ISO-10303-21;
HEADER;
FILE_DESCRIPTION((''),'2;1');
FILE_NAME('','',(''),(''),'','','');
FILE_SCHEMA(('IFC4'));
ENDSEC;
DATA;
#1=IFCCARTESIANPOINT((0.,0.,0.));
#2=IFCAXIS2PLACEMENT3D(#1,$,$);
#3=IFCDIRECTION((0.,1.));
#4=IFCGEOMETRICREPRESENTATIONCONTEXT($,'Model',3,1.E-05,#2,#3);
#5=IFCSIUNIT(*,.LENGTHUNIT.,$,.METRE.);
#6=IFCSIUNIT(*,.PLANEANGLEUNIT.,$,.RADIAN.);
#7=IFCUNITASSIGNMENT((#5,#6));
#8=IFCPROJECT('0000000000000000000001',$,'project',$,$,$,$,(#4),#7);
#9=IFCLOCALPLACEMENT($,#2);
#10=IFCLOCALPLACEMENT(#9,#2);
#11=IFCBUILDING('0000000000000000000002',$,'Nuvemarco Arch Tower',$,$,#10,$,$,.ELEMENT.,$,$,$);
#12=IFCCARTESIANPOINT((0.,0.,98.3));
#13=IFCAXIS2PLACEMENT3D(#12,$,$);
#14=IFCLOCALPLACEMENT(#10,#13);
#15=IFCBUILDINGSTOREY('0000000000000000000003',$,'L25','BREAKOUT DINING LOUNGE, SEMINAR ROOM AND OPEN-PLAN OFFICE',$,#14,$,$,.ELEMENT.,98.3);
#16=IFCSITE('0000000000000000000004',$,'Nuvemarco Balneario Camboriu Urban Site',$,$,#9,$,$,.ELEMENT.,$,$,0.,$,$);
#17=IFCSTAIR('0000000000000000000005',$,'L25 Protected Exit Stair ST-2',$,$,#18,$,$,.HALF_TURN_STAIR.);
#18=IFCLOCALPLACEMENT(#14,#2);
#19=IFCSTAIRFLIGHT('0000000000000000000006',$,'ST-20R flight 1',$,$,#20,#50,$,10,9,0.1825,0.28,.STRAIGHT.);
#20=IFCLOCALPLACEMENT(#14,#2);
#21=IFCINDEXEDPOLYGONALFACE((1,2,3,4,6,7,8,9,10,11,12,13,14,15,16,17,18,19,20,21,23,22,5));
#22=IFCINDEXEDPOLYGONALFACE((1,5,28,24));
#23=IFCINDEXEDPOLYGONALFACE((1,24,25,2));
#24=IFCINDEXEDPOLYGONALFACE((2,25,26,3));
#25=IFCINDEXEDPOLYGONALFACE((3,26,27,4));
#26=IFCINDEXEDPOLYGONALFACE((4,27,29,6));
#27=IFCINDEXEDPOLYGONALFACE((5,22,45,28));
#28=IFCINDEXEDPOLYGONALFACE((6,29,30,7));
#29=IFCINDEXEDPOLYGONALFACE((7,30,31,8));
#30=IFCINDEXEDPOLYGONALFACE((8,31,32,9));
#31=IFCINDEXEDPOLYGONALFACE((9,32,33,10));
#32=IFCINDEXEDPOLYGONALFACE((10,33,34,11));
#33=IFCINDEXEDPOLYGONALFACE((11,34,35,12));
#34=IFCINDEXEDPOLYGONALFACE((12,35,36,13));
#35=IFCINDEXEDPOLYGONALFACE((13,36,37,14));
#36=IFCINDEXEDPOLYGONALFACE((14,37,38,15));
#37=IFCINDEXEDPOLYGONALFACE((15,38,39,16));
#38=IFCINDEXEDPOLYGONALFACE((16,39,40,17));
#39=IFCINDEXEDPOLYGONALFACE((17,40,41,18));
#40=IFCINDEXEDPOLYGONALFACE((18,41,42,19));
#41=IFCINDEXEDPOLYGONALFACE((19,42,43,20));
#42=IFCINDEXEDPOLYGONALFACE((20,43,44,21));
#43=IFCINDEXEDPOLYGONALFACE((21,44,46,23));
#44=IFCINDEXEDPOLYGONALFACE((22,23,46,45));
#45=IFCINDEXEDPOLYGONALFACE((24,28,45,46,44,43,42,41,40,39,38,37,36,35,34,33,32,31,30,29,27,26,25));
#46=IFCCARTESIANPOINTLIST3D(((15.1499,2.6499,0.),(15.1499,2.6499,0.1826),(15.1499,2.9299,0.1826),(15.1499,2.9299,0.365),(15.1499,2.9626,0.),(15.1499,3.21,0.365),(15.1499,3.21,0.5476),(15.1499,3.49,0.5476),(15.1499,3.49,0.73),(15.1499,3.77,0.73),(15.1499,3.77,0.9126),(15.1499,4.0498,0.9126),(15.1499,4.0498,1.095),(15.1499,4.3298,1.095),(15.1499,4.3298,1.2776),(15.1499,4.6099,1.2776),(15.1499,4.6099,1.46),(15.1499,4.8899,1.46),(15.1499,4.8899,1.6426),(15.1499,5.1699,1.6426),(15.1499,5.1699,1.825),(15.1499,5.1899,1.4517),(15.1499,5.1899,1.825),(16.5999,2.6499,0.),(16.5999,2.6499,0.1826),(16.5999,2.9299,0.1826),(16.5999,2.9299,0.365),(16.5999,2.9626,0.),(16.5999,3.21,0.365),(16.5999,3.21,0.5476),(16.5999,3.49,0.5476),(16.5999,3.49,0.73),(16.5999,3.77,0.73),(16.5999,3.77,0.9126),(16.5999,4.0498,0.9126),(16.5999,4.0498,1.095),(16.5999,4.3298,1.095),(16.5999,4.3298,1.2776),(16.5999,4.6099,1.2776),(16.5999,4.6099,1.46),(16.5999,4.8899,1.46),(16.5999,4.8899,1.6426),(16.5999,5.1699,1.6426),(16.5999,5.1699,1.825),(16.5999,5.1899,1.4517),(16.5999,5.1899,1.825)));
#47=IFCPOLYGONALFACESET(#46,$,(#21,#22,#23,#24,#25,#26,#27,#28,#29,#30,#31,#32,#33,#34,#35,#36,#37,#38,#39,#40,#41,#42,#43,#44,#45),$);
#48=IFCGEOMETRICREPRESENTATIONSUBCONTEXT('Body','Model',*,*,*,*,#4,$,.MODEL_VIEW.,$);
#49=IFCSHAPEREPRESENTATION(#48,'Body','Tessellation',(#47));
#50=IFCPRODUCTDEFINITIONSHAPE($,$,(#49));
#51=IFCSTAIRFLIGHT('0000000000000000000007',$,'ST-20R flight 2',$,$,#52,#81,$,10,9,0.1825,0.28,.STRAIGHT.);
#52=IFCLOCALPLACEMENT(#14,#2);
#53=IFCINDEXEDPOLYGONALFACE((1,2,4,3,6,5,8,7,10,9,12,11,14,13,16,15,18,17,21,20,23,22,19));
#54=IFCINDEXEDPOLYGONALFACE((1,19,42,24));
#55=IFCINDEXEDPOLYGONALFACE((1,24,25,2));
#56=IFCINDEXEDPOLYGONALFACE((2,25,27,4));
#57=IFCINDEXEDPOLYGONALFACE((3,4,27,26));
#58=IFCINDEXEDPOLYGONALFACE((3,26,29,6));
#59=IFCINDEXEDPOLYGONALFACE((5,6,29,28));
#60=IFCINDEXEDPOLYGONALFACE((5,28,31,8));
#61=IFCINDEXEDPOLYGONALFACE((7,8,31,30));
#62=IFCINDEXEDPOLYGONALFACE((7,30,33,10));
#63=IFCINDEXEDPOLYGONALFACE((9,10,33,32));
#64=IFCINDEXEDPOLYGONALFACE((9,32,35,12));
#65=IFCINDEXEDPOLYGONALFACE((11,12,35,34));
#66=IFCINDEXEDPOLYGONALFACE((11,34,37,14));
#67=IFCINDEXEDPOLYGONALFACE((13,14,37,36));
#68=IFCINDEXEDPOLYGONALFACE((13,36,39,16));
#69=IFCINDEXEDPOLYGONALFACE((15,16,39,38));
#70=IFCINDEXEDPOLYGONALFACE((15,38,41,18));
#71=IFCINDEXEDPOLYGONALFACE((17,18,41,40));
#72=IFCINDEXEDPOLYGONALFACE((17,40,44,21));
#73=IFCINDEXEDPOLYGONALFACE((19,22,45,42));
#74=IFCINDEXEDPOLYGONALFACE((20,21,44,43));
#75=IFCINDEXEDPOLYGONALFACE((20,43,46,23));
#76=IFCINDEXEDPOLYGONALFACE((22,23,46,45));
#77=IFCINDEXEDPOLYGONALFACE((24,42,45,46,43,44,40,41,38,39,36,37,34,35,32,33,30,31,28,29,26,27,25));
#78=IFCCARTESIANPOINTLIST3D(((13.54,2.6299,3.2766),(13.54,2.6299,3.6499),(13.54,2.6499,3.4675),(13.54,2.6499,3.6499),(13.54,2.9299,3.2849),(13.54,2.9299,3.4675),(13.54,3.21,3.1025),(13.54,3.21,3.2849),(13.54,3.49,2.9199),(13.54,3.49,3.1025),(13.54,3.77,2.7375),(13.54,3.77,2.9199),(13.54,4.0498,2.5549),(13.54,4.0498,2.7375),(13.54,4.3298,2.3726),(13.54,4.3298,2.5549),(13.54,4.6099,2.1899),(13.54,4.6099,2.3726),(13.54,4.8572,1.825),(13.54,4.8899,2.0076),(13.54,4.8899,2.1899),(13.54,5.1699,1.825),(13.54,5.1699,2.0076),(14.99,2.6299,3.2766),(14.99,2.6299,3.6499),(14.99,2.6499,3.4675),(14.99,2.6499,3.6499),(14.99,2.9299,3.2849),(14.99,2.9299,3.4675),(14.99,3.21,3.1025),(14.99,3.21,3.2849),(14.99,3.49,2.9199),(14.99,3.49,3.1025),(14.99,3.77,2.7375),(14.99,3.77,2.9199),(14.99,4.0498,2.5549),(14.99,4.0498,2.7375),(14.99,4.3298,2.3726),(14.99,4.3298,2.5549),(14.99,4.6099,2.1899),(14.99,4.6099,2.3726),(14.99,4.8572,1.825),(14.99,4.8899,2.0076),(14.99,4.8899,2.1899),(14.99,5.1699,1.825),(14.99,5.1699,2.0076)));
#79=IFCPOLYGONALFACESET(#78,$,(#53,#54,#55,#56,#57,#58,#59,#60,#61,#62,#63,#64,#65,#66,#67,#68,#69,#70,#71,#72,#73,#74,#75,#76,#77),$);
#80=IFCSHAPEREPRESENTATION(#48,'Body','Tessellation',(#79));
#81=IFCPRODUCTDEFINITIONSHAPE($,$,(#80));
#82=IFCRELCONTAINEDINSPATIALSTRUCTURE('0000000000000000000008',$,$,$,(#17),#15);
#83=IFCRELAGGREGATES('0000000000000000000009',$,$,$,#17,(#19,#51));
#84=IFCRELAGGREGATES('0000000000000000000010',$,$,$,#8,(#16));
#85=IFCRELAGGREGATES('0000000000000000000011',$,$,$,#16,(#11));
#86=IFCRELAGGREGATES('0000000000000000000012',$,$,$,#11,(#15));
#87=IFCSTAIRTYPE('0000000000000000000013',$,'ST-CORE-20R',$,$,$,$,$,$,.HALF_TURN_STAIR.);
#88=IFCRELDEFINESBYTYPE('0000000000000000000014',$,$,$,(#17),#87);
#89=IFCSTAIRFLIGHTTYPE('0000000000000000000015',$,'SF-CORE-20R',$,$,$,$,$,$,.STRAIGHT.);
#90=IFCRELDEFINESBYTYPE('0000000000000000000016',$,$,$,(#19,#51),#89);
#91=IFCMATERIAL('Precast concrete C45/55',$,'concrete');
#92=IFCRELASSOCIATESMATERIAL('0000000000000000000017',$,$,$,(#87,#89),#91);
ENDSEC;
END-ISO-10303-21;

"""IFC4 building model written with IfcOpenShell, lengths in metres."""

from ifc_helpers import new_model, si_unit, direction, frame, origin, place, context, subcontext, project, spatial, polyline, outline, extrude, material, type_object, element, aggregate, save


model = new_model("IFC4")

# Units and contexts
model_context = context("Model", 3, precision=1e-05, world=origin(), true_north=direction((0.0, 1.0)))
body_context = subcontext(model_context, "Body", "Model", "MODEL_VIEW")
ifc_project = project(units=[si_unit("LENGTHUNIT", "METRE"), si_unit("PLANEANGLEUNIT", "RADIAN")], contexts=[model_context])

# Site, building, storey
site_placement = place(None, origin())
site = spatial("IfcSite", under=ifc_project, at=site_placement, Name="Nuvemarco Balneario Camboriu Urban Site", CompositionType="ELEMENT", RefElevation=0.0)
building_placement = place(site_placement, origin())
building = spatial("IfcBuilding", under=site, at=building_placement, Name="Nuvemarco Arch Tower", CompositionType="ELEMENT")
storey_placement = place(building_placement, frame((0.0, 0.0, 98.3)))
storey = spatial("IfcBuildingStorey", under=building, at=storey_placement, Name="L25", Description="BREAKOUT DINING LOUNGE, SEMINAR ROOM AND OPEN-PLAN OFFICE", CompositionType="ELEMENT", Elevation=98.3)

# Shared definitions
ifc_material_1 = material(Name="Precast concrete C45/55", Category="concrete")

# Stair, stair flights
stair_type = type_object("IfcStairType", Name="ST-CORE-20R", PredefinedType="HALF_TURN_STAIR", material=ifc_material_1)
stair_placement = place(storey_placement, origin())
stair = element("IfcStair", 1, at=stair_placement, inside=storey, type_object=stair_type, Name="L25 Protected Exit Stair ST-2", PredefinedType="HALF_TURN_STAIR")
stair_flight_type = type_object("IfcStairFlightType", Name="SF-CORE-20R", PredefinedType="STRAIGHT", material=ifc_material_1)
stair_flight_1_placement = place(storey_placement, frame((15.875, 2.6499, 0.0), z_axis=(0.0, 0.0, 1.0), x_axis=(0.0, 1.0, 0.0)))
stair_flight_1 = element("IfcStairFlight", 2, at=stair_flight_1_placement, type_object=stair_flight_type, Name="ST-20R flight 1", NumberOfRisers=10, NumberOfTreads=9, PredefinedType="STRAIGHT", RiserHeight=0.1825, TreadLength=0.28, context=body_context, shape_type="SweptSolid", body=[
    extrude(outline(polyline([(0.0, 0.0), (0.0, 0.1826), (0.28, 0.1826), (0.28, 0.365), (0.5601, 0.365), (0.5601, 0.5476), (0.8401, 0.5476), (0.8401, 0.73), (1.1201, 0.73), (1.1201, 0.9126), (1.3999, 0.9126), (1.3999, 1.095), (1.6799, 1.095), (1.6799, 1.2776), (1.96, 1.2776), (1.96, 1.46), (2.24, 1.46), (2.24, 1.6426), (2.52, 1.6426), (2.52, 1.825), (2.54, 1.825), (2.54, 1.4517), (0.3127, 0.0), (0.0, 0.0)])), frame((0.0, 0.7251, 0.0), z_axis=(0.0, -1.0, 0.0), x_axis=(1.0, 0.0, 0.0)), (0.0, 0.0, 1.0), 1.45),
])
stair_flight_2_placement = place(storey_placement, frame((14.2649, 5.1699, 1.825), z_axis=(0.0, 0.0, 1.0), x_axis=(0.0, -1.0, 0.0)))
stair_flight_2 = element("IfcStairFlight", 3, at=stair_flight_2_placement, type_object=stair_flight_type, Name="ST-20R flight 2", NumberOfRisers=10, NumberOfTreads=9, PredefinedType="STRAIGHT", RiserHeight=0.1825, TreadLength=0.28, context=body_context, shape_type="SweptSolid", body=[
    extrude(outline(polyline([(0.0, 0.0), (0.0, 0.1826), (0.28, 0.1826), (0.28, 0.365), (0.5601, 0.365), (0.5601, 0.5476), (0.8401, 0.5476), (0.8401, 0.73), (1.1201, 0.73), (1.1201, 0.9126), (1.3999, 0.9126), (1.3999, 1.095), (1.6799, 1.095), (1.6799, 1.2776), (1.96, 1.2776), (1.96, 1.46), (2.24, 1.46), (2.24, 1.6426), (2.52, 1.6426), (2.52, 1.825), (2.54, 1.825), (2.54, 1.4517), (0.3127, 0.0), (0.0, 0.0)])), frame((0.0, 0.7251, 0.0), z_axis=(0.0, -1.0, 0.0), x_axis=(1.0, 0.0, 0.0)), (0.0, 0.0, 1.0), 1.45),
])
aggregate(stair, [stair_flight_1, stair_flight_2])

save(model, "model.ifc")
